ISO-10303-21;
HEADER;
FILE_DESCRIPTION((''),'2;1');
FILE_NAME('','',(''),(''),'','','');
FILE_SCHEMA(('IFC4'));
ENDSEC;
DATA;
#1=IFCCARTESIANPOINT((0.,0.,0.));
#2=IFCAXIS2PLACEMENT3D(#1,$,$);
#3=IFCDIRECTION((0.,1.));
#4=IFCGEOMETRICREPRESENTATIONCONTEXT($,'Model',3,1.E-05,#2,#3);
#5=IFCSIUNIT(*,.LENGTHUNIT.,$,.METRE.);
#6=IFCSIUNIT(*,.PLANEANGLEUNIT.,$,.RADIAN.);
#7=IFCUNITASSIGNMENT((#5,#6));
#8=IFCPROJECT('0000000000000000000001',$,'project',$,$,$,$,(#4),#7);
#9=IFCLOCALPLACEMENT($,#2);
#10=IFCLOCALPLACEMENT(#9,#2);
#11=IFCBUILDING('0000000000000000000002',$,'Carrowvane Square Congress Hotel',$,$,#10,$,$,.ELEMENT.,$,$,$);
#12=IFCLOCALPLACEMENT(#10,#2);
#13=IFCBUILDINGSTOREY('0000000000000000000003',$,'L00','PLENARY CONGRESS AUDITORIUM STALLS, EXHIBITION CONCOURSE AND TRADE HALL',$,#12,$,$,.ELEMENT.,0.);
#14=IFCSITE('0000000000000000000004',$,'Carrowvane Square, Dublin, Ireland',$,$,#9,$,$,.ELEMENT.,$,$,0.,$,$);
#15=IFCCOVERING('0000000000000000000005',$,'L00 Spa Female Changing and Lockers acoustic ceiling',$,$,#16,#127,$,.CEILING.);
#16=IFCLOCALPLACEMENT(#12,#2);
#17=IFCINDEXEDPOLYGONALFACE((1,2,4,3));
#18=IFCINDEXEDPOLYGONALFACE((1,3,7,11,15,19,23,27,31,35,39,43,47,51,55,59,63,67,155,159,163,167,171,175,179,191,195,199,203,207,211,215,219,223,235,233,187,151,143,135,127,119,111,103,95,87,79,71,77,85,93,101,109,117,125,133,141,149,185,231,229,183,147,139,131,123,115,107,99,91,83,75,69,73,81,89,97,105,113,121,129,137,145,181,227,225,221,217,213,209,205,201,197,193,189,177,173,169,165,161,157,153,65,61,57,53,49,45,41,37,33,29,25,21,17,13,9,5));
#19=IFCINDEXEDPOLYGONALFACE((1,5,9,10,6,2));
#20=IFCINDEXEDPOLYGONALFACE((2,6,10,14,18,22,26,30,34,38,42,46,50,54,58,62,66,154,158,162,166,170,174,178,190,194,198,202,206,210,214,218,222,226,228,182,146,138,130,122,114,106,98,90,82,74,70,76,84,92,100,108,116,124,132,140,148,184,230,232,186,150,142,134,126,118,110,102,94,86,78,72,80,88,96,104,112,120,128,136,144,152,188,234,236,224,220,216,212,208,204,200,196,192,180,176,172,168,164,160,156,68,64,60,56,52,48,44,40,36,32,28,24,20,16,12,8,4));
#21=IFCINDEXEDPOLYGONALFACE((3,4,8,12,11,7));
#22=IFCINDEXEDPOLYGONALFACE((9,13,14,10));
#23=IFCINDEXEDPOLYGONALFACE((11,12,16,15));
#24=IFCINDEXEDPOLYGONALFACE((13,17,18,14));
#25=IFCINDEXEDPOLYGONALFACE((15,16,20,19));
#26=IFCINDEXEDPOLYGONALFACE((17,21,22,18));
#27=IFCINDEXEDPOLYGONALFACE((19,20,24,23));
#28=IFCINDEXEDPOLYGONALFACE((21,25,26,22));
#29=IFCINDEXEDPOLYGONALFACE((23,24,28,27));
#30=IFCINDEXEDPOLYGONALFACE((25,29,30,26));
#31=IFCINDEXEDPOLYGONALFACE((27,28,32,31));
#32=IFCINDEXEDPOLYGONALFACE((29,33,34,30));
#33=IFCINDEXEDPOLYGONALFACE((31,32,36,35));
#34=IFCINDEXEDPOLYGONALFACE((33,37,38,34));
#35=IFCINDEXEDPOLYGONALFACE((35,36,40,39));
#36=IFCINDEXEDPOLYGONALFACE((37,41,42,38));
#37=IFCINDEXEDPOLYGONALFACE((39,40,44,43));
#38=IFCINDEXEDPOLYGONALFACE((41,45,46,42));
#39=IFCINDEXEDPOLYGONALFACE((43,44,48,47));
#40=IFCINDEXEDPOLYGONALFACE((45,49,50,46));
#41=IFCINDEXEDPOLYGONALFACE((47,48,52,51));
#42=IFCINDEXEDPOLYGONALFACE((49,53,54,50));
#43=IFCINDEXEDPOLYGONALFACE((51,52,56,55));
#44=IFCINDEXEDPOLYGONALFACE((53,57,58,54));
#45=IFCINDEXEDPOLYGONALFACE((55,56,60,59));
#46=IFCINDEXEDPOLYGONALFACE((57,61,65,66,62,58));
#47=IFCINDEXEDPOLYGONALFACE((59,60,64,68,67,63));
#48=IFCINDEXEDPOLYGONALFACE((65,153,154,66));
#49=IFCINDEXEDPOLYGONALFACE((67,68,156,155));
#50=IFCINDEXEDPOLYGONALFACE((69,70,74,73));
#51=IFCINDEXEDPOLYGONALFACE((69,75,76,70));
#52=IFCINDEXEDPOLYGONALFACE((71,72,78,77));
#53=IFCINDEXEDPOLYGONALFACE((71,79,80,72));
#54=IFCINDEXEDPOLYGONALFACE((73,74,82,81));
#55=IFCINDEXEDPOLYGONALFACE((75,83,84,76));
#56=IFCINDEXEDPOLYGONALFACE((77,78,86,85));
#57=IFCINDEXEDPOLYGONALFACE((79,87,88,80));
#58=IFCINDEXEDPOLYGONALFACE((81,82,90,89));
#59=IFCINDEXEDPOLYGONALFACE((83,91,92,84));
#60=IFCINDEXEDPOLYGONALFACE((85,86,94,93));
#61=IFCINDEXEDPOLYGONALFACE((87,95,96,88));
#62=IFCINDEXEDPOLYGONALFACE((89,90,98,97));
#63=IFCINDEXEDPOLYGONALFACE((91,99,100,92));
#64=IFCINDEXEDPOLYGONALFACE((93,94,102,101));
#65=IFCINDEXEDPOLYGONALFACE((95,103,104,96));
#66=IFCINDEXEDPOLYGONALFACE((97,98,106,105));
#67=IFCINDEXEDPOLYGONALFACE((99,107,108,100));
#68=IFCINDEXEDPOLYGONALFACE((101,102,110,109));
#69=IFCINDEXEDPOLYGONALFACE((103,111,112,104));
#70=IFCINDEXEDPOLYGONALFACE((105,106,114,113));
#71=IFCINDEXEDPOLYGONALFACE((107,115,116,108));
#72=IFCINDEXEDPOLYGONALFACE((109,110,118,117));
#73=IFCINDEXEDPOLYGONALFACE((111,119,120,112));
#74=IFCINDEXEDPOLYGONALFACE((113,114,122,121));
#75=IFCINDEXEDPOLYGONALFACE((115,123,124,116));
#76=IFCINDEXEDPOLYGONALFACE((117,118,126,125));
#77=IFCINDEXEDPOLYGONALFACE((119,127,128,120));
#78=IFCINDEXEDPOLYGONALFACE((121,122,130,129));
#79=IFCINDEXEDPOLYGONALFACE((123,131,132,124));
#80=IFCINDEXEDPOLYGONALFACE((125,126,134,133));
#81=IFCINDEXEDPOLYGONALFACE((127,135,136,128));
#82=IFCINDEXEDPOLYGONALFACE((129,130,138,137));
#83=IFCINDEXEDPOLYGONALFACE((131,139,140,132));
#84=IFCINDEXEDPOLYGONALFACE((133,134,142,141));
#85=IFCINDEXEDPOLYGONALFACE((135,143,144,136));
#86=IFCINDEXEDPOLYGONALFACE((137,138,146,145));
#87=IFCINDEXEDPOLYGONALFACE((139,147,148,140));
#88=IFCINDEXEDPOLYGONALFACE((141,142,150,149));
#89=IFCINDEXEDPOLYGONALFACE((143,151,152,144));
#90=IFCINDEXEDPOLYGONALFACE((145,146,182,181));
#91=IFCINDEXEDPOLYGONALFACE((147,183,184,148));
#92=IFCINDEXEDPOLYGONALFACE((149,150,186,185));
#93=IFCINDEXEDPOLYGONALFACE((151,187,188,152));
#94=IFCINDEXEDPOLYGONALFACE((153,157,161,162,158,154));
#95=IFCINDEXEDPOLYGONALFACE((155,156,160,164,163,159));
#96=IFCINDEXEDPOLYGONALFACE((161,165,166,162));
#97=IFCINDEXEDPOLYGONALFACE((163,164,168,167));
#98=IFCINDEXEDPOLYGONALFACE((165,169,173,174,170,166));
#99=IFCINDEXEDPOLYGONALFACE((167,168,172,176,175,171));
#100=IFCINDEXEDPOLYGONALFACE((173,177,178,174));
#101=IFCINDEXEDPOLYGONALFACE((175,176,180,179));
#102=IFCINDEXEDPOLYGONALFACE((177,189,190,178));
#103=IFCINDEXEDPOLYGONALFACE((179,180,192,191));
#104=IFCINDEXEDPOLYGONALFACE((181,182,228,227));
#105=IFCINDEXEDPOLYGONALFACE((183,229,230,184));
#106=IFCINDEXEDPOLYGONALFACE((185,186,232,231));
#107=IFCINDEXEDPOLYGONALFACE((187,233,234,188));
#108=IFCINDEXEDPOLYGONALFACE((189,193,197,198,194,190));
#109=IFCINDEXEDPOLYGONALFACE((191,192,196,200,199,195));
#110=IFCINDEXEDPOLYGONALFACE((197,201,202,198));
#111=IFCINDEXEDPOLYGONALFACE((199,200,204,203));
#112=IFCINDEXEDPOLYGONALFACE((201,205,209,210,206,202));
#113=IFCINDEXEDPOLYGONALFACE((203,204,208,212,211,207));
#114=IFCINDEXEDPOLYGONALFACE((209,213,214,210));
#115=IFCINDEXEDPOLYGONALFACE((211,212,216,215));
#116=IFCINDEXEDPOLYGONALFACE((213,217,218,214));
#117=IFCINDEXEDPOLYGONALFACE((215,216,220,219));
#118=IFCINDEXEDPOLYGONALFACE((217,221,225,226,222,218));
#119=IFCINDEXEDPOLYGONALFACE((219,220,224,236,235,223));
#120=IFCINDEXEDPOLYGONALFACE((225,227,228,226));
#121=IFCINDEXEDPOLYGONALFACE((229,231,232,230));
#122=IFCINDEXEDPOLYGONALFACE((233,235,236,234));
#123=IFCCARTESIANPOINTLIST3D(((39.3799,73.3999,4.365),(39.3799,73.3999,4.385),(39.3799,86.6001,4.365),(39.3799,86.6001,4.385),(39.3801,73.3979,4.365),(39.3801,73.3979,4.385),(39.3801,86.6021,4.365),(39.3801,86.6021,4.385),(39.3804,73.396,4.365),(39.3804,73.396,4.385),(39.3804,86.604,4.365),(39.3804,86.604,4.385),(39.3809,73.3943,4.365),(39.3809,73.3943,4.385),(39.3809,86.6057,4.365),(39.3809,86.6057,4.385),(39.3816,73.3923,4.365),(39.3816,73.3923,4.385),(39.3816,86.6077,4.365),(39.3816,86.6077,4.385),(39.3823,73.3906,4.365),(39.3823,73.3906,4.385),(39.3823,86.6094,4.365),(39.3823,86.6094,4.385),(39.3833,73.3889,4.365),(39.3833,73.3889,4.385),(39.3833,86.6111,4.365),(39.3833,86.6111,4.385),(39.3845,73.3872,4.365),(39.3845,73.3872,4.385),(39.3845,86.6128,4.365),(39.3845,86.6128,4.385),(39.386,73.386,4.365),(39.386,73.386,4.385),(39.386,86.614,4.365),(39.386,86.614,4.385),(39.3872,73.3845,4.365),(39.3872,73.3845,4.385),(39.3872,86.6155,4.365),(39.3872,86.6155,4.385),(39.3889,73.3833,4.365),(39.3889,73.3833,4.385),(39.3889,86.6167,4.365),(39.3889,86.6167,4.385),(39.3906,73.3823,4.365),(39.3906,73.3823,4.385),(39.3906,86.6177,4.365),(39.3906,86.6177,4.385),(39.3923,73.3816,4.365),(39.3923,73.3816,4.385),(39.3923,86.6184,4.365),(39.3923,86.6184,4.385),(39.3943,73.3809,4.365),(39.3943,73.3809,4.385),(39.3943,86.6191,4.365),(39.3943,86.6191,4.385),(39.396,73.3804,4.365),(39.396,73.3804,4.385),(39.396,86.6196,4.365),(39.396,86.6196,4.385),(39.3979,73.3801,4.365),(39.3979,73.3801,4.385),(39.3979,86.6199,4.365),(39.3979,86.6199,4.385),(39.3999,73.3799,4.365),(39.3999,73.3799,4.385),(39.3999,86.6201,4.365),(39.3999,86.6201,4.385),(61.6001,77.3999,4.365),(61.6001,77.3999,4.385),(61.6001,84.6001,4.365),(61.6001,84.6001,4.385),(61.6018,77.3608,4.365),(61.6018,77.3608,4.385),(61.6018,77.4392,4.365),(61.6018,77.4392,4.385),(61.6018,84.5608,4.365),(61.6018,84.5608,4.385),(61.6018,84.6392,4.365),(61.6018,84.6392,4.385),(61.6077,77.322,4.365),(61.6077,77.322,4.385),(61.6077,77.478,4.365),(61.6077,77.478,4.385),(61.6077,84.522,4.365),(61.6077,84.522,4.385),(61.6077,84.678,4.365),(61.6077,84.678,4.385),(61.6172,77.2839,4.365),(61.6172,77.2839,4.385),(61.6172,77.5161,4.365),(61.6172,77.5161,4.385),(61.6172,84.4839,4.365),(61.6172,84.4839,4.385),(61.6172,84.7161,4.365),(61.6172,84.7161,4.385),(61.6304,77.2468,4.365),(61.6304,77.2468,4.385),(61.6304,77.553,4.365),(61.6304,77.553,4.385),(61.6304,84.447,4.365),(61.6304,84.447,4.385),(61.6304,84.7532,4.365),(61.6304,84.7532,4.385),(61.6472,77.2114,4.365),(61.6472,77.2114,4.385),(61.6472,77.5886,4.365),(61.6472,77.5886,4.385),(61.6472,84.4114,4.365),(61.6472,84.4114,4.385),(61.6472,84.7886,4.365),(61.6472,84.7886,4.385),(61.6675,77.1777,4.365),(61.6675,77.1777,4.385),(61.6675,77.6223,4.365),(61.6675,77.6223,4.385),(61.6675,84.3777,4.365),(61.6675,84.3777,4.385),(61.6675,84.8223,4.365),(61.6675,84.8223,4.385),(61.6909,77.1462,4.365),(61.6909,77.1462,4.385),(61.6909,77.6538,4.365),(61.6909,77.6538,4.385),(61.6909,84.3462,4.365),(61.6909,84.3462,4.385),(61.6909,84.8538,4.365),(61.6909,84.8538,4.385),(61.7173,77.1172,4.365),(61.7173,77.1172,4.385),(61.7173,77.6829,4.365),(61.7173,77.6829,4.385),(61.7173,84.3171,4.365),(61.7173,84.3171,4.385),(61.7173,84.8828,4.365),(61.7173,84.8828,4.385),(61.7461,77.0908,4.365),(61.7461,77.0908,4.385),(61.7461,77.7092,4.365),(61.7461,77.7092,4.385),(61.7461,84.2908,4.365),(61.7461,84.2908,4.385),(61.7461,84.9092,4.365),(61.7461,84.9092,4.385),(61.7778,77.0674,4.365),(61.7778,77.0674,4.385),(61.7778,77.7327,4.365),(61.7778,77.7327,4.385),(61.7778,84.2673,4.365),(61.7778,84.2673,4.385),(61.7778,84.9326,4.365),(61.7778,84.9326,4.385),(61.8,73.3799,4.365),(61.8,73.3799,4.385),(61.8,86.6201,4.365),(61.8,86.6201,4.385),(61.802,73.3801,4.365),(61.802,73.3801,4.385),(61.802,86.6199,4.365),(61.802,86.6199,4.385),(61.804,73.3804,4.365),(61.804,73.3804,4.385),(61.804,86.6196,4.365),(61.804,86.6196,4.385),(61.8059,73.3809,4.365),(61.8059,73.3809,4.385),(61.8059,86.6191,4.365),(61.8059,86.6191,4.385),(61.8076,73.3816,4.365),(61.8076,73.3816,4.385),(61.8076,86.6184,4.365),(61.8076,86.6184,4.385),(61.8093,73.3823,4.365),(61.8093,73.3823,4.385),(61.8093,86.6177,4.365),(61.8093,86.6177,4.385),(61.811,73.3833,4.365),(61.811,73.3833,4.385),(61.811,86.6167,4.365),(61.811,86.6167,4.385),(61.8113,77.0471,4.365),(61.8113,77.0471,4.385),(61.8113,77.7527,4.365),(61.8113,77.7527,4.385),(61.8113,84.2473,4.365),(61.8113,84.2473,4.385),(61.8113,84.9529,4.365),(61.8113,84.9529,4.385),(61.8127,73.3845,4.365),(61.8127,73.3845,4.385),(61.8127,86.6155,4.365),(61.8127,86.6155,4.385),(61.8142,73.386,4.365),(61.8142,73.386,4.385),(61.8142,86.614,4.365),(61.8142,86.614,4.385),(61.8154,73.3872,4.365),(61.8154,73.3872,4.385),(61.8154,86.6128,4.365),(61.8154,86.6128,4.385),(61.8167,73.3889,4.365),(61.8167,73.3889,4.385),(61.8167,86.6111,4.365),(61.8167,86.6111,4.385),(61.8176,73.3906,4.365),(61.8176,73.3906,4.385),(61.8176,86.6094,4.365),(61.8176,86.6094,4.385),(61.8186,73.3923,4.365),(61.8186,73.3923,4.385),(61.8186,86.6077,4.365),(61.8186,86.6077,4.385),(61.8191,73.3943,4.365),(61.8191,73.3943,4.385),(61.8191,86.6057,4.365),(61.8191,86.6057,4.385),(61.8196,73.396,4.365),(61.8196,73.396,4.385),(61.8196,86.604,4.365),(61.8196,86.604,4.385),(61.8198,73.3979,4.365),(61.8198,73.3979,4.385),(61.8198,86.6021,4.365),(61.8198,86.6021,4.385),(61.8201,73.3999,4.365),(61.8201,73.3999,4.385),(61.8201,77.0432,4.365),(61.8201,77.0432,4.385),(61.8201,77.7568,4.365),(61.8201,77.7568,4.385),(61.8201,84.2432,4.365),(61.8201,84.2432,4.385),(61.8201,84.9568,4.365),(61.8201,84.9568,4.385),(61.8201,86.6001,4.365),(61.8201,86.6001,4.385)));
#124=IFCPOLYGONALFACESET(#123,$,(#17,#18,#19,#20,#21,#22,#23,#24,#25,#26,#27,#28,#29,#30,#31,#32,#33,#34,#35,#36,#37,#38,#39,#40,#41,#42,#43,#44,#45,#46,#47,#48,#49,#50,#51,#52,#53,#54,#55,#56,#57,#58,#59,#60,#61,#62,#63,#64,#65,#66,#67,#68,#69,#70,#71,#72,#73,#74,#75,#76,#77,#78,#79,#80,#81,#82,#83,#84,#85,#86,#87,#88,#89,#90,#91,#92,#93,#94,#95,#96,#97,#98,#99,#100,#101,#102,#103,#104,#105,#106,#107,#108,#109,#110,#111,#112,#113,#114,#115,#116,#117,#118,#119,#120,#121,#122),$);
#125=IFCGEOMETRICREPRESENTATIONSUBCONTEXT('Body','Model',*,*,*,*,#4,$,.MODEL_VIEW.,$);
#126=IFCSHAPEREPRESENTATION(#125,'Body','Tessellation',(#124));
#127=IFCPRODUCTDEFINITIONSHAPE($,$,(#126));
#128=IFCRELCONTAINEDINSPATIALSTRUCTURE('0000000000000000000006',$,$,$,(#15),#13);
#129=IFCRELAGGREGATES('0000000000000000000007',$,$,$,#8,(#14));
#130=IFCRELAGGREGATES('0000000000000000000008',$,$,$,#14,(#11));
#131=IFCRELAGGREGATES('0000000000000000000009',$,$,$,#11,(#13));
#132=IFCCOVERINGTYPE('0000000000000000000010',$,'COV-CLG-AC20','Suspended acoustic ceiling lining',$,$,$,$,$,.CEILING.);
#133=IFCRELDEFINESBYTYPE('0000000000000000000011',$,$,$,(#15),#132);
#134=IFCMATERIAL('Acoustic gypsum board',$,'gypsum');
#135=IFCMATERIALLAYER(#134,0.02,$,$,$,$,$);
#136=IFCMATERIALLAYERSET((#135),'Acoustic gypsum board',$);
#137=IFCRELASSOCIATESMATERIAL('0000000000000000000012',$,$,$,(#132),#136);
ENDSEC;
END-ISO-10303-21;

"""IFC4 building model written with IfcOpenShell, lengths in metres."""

from ifc_helpers import new_model, si_unit, direction, frame, origin, place, context, subcontext, project, spatial, polyline, outline, extrude, material, layer, layer_set, type_object, element, save


model = new_model("IFC4")

# Units and contexts
model_context = context("Model", 3, precision=1e-05, world=origin(), true_north=direction((0.0, 1.0)))
body_context = subcontext(model_context, "Body", "Model", "MODEL_VIEW")
ifc_project = project(units=[si_unit("LENGTHUNIT", "METRE"), si_unit("PLANEANGLEUNIT", "RADIAN")], contexts=[model_context])

# Site, building, storey
site_placement = place(None, origin())
site = spatial("IfcSite", under=ifc_project, at=site_placement, Name="Carrowvane Square, Dublin, Ireland", CompositionType="ELEMENT", RefElevation=0.0)
building_placement = place(site_placement, origin())
building = spatial("IfcBuilding", under=site, at=building_placement, Name="Carrowvane Square Congress Hotel", CompositionType="ELEMENT")
storey_placement = place(building_placement, origin())
storey = spatial("IfcBuildingStorey", under=building, at=storey_placement, Name="L00", Description="PLENARY CONGRESS AUDITORIUM STALLS, EXHIBITION CONCOURSE AND TRADE HALL", CompositionType="ELEMENT", Elevation=0.0)

# Covering
ifc_material_1 = material(Name="Acoustic gypsum board", Category="gypsum")
ifc_layer_1 = layer(ifc_material_1, 0.02)
ifc_layer_set_1 = layer_set([ifc_layer_1], Name="Acoustic gypsum board")
covering_type_1 = type_object("IfcCoveringType", Name="COV-CLG-AC20", Description="Suspended acoustic ceiling lining", PredefinedType="CEILING", material=ifc_layer_set_1)
covering_1_placement = place(storey_placement, frame((0.0, 0.0, 4.365)))
element("IfcCovering", 1, at=covering_1_placement, inside=storey, type_object=covering_type_1, Name="L00 Spa Female Changing and Lockers acoustic ceiling", PredefinedType="CEILING", context=body_context, shape_type="SweptSolid", body=[
    extrude(outline(polyline([(61.802, 73.3801), (61.8, 73.3799), (39.3999, 73.3799), (39.3979, 73.3801), (39.396, 73.3804), (39.3943, 73.3809), (39.3923, 73.3816), (39.3906, 73.3823), (39.3889, 73.3833), (39.3872, 73.3845), (39.386, 73.386), (39.3845, 73.3872), (39.3833, 73.3889), (39.3823, 73.3906), (39.3816, 73.3923), (39.3809, 73.3943), (39.3804, 73.396), (39.3801, 73.3979), (39.3799, 73.3999), (39.3799, 86.6001), (39.3801, 86.6021), (39.3804, 86.604), (39.3809, 86.6057), (39.3816, 86.6077), (39.3823, 86.6094), (39.3833, 86.6111), (39.3845, 86.6128), (39.386, 86.614), (39.3872, 86.6155), (39.3889, 86.6167), (39.3906, 86.6177), (39.3923, 86.6184), (39.3943, 86.6191), (39.396, 86.6196), (39.3979, 86.6199), (39.3999, 86.6201), (61.8, 86.6201), (61.802, 86.6199), (61.804, 86.6196), (61.8059, 86.6191), (61.8076, 86.6184), (61.8093, 86.6177), (61.811, 86.6167), (61.8127, 86.6155), (61.8142, 86.614), (61.8154, 86.6128), (61.8167, 86.6111), (61.8176, 86.6094), (61.8186, 86.6077), (61.8191, 86.6057), (61.8196, 86.604), (61.8198, 86.6021), (61.8201, 86.6001), (61.8201, 84.9568), (61.8113, 84.9529), (61.7778, 84.9326), (61.7461, 84.9092), (61.7173, 84.8828), (61.6909, 84.8538), (61.6675, 84.8223), (61.6472, 84.7886), (61.6304, 84.7532), (61.6172, 84.7161), (61.6077, 84.678), (61.6018, 84.6392), (61.6001, 84.6001), (61.6018, 84.5608), (61.6077, 84.522), (61.6172, 84.4839), (61.6304, 84.447), (61.6472, 84.4114), (61.6675, 84.3777), (61.6909, 84.3462), (61.7173, 84.3171), (61.7461, 84.2908), (61.7778, 84.2673), (61.8113, 84.2473), (61.8201, 84.2432), (61.8201, 77.7568), (61.8113, 77.7527), (61.7778, 77.7327), (61.7461, 77.7092), (61.7173, 77.6829), (61.6909, 77.6538), (61.6675, 77.6223), (61.6472, 77.5886), (61.6304, 77.553), (61.6172, 77.5161), (61.6077, 77.478), (61.6018, 77.4392), (61.6001, 77.3999), (61.6018, 77.3608), (61.6077, 77.322), (61.6172, 77.2839), (61.6304, 77.2468), (61.6472, 77.2114), (61.6675, 77.1777), (61.6909, 77.1462), (61.7173, 77.1172), (61.7461, 77.0908), (61.7778, 77.0674), (61.8113, 77.0471), (61.8201, 77.0432), (61.8201, 73.3999), (61.8198, 73.3979), (61.8196, 73.396), (61.8191, 73.3943), (61.8186, 73.3923), (61.8176, 73.3906), (61.8167, 73.3889), (61.8154, 73.3872), (61.8142, 73.386), (61.8127, 73.3845), (61.811, 73.3833), (61.8093, 73.3823), (61.8076, 73.3816), (61.8059, 73.3809), (61.804, 73.3804), (61.802, 73.3801)])), origin(), (0.0, 0.0, 1.0), 0.02),
])

save(model, "model.ifc")
